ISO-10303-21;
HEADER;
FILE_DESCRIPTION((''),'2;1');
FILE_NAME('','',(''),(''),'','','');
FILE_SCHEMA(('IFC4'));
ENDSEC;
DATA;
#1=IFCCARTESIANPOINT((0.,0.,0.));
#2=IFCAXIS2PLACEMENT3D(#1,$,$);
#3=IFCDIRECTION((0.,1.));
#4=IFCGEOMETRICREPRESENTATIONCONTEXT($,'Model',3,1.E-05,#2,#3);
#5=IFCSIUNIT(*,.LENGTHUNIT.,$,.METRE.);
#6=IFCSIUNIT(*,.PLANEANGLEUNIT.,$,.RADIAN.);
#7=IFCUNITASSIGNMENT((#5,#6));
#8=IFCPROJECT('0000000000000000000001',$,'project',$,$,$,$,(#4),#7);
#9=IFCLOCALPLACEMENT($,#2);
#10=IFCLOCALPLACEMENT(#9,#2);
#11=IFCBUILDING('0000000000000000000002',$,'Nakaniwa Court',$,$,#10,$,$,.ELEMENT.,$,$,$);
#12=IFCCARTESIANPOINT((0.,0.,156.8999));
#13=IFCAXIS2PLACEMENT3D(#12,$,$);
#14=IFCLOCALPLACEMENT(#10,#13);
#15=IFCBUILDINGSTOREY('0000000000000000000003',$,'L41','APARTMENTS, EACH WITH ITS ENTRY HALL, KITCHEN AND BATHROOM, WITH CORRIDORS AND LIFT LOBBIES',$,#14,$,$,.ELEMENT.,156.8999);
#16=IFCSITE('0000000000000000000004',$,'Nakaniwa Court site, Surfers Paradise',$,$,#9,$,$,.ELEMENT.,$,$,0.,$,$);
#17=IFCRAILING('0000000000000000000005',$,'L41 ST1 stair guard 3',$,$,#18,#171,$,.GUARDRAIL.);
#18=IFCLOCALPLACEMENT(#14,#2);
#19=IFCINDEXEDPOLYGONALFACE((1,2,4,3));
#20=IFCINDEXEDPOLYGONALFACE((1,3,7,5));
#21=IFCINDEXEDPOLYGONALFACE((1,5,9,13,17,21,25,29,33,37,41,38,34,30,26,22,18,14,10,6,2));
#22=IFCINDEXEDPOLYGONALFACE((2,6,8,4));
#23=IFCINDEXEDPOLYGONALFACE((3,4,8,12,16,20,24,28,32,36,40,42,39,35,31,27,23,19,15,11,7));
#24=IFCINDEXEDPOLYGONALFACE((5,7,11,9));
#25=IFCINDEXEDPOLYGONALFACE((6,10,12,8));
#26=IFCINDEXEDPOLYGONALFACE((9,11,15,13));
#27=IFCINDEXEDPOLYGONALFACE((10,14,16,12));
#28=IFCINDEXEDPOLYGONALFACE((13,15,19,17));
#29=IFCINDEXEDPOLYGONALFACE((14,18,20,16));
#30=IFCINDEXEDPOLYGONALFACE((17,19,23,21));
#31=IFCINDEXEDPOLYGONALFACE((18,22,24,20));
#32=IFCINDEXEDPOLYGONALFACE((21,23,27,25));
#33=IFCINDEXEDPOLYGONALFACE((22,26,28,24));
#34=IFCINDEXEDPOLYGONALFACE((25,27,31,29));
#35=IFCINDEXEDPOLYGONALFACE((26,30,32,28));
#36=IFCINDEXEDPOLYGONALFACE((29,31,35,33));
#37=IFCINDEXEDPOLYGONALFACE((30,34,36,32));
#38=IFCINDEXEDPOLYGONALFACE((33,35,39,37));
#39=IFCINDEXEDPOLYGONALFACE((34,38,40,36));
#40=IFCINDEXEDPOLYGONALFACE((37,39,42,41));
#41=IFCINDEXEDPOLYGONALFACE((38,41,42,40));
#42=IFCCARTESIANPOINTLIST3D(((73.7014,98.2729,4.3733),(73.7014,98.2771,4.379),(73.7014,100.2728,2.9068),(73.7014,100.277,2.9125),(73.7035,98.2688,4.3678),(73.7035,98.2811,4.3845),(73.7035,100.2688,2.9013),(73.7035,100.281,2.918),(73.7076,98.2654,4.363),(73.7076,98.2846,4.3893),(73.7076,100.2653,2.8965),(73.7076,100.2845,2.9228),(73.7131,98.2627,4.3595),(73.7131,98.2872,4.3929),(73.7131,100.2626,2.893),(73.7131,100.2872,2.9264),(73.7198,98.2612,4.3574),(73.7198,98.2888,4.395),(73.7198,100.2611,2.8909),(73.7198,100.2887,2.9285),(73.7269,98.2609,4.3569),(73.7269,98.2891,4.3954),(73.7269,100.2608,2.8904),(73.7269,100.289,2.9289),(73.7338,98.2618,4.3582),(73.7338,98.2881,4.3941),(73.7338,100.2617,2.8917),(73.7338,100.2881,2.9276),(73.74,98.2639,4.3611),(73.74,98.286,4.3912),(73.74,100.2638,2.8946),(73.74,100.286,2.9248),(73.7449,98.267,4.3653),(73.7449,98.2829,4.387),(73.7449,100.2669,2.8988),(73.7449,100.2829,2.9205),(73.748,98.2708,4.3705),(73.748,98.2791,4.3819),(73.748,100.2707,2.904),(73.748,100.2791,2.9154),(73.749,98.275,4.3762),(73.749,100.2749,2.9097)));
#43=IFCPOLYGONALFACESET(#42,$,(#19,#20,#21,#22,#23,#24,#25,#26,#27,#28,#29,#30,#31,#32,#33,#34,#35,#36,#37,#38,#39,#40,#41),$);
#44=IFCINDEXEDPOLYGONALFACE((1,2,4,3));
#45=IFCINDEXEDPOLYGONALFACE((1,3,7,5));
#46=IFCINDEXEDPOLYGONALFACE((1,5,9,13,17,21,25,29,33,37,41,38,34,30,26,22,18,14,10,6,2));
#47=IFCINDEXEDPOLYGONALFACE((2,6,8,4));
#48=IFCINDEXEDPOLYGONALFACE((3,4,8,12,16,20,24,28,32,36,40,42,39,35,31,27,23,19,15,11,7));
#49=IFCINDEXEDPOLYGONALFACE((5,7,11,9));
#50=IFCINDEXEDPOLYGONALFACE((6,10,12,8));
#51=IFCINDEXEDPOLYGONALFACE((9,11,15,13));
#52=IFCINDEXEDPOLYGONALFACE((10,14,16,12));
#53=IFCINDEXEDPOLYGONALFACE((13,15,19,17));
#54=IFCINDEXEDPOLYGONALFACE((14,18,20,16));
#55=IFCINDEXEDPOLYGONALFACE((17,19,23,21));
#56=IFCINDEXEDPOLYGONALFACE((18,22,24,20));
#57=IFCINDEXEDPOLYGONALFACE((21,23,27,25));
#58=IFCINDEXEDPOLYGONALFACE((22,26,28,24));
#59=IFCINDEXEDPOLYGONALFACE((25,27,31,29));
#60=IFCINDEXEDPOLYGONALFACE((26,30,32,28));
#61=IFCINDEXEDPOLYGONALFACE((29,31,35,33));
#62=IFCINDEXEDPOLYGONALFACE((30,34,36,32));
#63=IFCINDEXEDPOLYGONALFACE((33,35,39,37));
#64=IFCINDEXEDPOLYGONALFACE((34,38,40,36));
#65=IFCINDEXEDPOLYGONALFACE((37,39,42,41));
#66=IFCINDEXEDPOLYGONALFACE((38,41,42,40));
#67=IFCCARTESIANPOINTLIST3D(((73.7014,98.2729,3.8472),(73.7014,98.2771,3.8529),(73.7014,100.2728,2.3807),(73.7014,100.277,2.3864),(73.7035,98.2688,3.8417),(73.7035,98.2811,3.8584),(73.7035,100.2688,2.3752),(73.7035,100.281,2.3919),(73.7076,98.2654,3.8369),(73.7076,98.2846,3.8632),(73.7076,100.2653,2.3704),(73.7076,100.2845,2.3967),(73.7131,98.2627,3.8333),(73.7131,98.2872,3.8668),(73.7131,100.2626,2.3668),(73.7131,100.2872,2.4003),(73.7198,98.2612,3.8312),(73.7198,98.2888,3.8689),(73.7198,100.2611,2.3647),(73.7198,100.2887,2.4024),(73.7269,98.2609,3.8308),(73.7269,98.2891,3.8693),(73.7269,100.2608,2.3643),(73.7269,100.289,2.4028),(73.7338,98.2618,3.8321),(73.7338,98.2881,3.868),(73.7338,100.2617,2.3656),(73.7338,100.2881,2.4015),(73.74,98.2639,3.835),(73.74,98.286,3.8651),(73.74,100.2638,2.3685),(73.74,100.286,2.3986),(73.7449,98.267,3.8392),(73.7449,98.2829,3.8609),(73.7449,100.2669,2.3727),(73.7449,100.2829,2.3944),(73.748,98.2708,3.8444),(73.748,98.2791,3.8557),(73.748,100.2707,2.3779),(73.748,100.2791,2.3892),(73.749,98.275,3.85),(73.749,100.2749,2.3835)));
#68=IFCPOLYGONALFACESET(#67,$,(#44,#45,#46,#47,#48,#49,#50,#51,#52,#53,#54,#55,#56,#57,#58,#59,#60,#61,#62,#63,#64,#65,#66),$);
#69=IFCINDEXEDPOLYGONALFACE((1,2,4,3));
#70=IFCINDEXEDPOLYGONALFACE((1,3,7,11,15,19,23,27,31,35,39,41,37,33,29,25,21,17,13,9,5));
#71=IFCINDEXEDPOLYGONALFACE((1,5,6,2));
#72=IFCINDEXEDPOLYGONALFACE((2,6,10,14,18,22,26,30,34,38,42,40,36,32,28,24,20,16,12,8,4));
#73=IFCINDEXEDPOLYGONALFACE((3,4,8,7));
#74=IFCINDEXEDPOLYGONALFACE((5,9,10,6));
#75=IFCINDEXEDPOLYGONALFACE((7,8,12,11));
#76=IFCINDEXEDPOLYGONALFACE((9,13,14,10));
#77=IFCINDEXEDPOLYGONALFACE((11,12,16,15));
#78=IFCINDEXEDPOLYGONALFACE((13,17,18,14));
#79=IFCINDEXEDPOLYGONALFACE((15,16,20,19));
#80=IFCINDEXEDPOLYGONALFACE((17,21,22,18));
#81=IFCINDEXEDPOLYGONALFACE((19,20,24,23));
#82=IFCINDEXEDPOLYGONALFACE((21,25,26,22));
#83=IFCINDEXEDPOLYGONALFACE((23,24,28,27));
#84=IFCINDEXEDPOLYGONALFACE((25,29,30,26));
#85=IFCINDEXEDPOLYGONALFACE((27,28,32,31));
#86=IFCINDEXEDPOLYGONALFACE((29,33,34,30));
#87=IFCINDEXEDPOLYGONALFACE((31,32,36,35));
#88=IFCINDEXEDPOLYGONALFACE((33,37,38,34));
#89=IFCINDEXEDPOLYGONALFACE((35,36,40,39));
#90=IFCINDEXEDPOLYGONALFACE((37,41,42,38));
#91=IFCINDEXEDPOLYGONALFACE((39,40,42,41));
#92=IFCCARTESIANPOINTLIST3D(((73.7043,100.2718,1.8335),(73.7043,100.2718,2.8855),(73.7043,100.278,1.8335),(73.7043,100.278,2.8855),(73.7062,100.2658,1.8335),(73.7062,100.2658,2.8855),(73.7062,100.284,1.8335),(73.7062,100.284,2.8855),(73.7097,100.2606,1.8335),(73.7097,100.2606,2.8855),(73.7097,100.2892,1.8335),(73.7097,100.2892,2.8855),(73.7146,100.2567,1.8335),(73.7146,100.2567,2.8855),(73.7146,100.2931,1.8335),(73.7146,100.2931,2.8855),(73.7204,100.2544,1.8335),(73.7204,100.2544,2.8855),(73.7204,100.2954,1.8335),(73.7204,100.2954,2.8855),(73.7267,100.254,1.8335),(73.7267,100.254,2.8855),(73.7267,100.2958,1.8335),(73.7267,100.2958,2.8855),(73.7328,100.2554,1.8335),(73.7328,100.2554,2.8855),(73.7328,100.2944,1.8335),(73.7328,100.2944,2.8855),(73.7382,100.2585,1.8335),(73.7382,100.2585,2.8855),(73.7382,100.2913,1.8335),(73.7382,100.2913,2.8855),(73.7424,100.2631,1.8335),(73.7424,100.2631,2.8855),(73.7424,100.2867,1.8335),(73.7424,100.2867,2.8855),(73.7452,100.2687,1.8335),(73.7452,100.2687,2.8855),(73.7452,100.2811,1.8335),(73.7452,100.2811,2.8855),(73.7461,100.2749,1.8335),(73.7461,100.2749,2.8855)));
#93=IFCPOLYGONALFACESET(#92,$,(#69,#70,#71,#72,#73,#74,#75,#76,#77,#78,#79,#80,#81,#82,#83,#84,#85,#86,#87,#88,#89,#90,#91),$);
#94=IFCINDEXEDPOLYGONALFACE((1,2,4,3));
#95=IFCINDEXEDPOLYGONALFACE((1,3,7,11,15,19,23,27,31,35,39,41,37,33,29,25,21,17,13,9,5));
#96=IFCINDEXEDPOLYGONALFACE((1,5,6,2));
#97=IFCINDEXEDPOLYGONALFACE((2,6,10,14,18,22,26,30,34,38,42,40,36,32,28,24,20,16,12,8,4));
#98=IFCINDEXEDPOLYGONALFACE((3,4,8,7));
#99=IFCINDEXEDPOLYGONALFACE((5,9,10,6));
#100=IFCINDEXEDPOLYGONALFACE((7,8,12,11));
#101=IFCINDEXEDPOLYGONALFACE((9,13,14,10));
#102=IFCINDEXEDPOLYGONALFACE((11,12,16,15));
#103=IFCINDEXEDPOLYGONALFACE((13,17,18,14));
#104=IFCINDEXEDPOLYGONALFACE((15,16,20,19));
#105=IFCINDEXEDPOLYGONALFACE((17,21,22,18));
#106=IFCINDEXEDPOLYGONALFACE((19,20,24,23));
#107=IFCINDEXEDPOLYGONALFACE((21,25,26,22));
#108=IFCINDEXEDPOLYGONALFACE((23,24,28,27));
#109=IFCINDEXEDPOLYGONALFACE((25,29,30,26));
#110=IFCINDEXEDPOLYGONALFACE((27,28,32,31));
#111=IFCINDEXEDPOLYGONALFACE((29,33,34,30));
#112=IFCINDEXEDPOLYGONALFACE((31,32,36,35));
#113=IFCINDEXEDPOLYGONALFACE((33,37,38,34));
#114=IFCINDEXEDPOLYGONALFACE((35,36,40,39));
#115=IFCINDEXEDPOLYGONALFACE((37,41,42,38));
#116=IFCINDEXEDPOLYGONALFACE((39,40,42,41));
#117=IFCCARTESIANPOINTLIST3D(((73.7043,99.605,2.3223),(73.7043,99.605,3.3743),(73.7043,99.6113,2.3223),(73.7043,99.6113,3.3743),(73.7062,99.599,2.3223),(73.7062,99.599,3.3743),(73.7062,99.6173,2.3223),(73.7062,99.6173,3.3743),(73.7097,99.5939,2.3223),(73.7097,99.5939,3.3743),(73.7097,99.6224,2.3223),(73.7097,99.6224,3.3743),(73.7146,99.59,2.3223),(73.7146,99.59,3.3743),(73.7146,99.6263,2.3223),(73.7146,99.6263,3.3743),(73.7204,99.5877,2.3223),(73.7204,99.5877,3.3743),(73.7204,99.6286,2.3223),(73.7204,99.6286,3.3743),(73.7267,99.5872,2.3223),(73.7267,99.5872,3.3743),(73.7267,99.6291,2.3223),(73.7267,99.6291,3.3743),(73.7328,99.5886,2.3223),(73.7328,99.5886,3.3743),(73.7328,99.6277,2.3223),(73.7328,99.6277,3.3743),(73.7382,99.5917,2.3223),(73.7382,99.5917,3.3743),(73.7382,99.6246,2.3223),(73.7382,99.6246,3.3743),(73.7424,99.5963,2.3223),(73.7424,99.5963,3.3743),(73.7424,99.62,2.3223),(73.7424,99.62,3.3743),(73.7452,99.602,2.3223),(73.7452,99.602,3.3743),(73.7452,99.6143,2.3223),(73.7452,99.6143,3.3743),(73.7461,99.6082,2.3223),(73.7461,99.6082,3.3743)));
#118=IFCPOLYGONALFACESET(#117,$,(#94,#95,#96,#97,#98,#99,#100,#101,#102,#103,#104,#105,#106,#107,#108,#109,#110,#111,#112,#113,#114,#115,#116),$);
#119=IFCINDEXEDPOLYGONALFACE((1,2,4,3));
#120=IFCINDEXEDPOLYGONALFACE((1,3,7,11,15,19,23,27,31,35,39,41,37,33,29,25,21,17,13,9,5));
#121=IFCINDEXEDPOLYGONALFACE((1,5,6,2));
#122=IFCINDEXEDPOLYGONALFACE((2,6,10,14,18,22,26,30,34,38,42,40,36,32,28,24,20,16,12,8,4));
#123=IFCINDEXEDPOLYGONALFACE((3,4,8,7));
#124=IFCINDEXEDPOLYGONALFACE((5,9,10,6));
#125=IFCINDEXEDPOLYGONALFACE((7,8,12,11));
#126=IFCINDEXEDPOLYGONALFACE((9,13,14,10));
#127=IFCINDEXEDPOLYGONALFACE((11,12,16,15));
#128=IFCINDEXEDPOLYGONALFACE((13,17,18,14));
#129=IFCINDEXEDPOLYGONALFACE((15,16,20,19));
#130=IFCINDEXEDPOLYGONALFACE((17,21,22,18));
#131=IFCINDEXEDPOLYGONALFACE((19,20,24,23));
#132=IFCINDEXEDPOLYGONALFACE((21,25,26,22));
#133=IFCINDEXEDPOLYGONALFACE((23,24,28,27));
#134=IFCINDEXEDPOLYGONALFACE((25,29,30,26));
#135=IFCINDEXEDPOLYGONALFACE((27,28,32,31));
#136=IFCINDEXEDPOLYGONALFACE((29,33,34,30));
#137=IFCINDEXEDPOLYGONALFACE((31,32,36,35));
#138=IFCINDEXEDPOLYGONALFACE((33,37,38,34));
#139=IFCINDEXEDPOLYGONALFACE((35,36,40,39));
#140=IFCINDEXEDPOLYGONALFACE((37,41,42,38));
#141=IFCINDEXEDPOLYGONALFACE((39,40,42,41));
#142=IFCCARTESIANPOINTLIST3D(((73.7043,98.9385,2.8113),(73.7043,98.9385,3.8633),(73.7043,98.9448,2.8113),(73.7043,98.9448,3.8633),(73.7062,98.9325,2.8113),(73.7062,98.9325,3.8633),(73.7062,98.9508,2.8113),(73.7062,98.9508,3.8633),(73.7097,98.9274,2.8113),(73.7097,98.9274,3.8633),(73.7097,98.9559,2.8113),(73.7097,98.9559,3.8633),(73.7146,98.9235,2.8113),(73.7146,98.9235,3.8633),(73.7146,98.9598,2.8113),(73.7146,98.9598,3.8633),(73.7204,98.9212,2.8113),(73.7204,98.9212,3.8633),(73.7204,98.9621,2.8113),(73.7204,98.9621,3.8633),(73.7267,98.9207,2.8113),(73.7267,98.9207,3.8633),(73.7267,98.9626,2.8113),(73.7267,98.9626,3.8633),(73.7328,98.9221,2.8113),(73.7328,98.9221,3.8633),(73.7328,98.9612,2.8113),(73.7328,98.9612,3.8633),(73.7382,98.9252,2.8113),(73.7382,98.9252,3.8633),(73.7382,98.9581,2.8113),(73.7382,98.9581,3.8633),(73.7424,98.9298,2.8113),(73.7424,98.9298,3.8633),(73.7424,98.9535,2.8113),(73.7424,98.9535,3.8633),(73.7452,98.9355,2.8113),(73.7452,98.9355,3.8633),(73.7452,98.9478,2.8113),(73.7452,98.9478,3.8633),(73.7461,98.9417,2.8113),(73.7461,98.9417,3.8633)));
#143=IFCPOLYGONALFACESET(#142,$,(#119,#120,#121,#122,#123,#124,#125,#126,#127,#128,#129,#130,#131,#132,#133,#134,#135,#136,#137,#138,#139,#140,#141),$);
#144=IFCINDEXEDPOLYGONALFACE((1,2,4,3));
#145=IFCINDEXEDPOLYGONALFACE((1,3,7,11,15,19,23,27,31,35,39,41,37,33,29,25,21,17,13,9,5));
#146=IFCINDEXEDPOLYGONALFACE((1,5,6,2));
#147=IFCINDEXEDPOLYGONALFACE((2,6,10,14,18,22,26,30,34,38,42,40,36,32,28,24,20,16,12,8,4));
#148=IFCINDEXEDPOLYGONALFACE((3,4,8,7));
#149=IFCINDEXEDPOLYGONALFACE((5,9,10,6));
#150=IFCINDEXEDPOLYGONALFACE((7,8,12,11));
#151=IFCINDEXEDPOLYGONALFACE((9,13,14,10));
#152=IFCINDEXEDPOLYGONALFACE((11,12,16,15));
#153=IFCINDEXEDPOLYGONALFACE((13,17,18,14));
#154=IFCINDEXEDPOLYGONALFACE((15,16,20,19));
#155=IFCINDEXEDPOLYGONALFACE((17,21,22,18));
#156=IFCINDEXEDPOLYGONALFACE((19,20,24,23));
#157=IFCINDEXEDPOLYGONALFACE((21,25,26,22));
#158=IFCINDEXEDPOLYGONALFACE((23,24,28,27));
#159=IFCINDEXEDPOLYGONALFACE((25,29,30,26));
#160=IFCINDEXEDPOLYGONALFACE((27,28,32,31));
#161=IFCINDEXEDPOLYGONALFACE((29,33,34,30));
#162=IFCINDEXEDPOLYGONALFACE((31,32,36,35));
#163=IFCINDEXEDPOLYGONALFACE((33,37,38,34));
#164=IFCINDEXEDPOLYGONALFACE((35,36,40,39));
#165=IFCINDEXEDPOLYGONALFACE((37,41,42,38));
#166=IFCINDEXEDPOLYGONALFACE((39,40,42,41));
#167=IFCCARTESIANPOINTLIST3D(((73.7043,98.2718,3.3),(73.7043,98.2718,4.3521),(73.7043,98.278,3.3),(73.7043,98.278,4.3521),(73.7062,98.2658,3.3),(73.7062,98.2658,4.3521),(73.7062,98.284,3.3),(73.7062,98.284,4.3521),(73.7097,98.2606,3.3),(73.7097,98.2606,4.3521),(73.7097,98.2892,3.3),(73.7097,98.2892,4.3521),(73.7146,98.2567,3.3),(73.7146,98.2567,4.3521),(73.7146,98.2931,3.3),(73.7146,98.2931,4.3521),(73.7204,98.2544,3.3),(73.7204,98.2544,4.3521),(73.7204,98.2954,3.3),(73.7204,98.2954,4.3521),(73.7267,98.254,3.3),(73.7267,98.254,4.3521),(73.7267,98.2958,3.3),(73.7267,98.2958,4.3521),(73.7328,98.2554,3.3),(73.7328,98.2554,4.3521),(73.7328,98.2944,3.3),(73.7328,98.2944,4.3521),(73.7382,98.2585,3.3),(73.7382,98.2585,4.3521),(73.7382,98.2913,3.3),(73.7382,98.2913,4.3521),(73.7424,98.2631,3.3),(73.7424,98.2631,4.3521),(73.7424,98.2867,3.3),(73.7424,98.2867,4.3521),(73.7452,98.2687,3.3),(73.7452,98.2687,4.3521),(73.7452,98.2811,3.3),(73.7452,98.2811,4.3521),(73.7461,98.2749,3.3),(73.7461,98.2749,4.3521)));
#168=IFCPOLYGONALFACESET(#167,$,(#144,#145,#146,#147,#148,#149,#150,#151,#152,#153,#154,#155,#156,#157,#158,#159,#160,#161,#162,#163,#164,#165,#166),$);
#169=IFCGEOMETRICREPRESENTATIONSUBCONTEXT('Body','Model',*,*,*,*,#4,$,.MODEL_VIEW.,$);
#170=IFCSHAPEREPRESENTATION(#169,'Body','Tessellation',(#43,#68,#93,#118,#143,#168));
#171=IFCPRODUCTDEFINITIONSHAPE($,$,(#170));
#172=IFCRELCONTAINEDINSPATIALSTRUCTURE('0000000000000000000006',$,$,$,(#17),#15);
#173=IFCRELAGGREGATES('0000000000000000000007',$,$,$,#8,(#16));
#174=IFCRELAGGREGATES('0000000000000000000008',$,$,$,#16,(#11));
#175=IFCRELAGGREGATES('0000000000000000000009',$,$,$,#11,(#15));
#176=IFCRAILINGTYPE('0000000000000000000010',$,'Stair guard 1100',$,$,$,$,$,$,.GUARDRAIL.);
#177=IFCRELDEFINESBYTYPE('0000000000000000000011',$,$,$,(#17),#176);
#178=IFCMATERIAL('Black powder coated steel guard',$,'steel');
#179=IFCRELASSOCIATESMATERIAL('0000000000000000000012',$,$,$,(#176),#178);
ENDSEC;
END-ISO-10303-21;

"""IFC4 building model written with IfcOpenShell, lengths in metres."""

from ifc_helpers import new_model, si_unit, direction, frame, origin, origin_2d, place, context, subcontext, project, spatial, circle, extrude, material, type_object, element, save


model = new_model("IFC4")

# Units and contexts
model_context = context("Model", 3, precision=1e-05, world=origin(), true_north=direction((0.0, 1.0)))
body_context = subcontext(model_context, "Body", "Model", "MODEL_VIEW")
ifc_project = project(units=[si_unit("LENGTHUNIT", "METRE"), si_unit("PLANEANGLEUNIT", "RADIAN")], contexts=[model_context])

# Site, building, storey
site_placement = place(None, origin())
site = spatial("IfcSite", under=ifc_project, at=site_placement, Name="Nakaniwa Court site, Surfers Paradise", CompositionType="ELEMENT", RefElevation=0.0)
building_placement = place(site_placement, origin())
building = spatial("IfcBuilding", under=site, at=building_placement, Name="Nakaniwa Court", CompositionType="ELEMENT")
storey_placement = place(building_placement, frame((0.0, 0.0, 156.8999)))
storey = spatial("IfcBuildingStorey", under=building, at=storey_placement, Name="L41", Description="APARTMENTS, EACH WITH ITS ENTRY HALL, KITCHEN AND BATHROOM, WITH CORRIDORS AND LIFT LOBBIES", CompositionType="ELEMENT", Elevation=156.8999)

# Railing
ifc_material_1 = material(Name="Black powder coated steel guard", Category="steel")
railing_type_1 = type_object("IfcRailingType", Name="Stair guard 1100", PredefinedType="GUARDRAIL", material=ifc_material_1)
railing_1_placement = place(storey_placement, frame((73.7251, 100.2749, 1.8335)))
element("IfcRailing", 1, at=railing_1_placement, inside=storey, type_object=railing_type_1, Name="L41 ST1 stair guard 3", PredefinedType="GUARDRAIL", context=body_context, shape_type="SweptSolid", body=[
    extrude(circle(Radius=0.0239, at=origin_2d()), frame((0.0, 0.0, 1.0762), z_axis=(0.0, -0.806427, 0.591334), x_axis=(1.0, 0.0, 0.0)), (0.0, 0.0, 1.0), 2.48),
    extrude(circle(Radius=0.0239, at=origin_2d()), frame((0.0, 0.0, 0.55), z_axis=(0.0, -0.806427, 0.591334), x_axis=(1.0, 0.0, 0.0)), (0.0, 0.0, 1.0), 2.48),
    extrude(circle(Radius=0.021, at=origin_2d()), origin(), (0.0, 0.0, 1.0), 1.052),
    extrude(circle(Radius=0.021, at=origin_2d()), frame((0.0, -0.6667, 0.4888)), (0.0, 0.0, 1.0), 1.052),
    extrude(circle(Radius=0.021, at=origin_2d()), frame((0.0, -1.3333, 0.9778)), (0.0, 0.0, 1.0), 1.052),
    extrude(circle(Radius=0.021, at=origin_2d()), frame((0.0, -2.0, 1.4666)), (0.0, 0.0, 1.0), 1.052),
])

save(model, "model.ifc")
